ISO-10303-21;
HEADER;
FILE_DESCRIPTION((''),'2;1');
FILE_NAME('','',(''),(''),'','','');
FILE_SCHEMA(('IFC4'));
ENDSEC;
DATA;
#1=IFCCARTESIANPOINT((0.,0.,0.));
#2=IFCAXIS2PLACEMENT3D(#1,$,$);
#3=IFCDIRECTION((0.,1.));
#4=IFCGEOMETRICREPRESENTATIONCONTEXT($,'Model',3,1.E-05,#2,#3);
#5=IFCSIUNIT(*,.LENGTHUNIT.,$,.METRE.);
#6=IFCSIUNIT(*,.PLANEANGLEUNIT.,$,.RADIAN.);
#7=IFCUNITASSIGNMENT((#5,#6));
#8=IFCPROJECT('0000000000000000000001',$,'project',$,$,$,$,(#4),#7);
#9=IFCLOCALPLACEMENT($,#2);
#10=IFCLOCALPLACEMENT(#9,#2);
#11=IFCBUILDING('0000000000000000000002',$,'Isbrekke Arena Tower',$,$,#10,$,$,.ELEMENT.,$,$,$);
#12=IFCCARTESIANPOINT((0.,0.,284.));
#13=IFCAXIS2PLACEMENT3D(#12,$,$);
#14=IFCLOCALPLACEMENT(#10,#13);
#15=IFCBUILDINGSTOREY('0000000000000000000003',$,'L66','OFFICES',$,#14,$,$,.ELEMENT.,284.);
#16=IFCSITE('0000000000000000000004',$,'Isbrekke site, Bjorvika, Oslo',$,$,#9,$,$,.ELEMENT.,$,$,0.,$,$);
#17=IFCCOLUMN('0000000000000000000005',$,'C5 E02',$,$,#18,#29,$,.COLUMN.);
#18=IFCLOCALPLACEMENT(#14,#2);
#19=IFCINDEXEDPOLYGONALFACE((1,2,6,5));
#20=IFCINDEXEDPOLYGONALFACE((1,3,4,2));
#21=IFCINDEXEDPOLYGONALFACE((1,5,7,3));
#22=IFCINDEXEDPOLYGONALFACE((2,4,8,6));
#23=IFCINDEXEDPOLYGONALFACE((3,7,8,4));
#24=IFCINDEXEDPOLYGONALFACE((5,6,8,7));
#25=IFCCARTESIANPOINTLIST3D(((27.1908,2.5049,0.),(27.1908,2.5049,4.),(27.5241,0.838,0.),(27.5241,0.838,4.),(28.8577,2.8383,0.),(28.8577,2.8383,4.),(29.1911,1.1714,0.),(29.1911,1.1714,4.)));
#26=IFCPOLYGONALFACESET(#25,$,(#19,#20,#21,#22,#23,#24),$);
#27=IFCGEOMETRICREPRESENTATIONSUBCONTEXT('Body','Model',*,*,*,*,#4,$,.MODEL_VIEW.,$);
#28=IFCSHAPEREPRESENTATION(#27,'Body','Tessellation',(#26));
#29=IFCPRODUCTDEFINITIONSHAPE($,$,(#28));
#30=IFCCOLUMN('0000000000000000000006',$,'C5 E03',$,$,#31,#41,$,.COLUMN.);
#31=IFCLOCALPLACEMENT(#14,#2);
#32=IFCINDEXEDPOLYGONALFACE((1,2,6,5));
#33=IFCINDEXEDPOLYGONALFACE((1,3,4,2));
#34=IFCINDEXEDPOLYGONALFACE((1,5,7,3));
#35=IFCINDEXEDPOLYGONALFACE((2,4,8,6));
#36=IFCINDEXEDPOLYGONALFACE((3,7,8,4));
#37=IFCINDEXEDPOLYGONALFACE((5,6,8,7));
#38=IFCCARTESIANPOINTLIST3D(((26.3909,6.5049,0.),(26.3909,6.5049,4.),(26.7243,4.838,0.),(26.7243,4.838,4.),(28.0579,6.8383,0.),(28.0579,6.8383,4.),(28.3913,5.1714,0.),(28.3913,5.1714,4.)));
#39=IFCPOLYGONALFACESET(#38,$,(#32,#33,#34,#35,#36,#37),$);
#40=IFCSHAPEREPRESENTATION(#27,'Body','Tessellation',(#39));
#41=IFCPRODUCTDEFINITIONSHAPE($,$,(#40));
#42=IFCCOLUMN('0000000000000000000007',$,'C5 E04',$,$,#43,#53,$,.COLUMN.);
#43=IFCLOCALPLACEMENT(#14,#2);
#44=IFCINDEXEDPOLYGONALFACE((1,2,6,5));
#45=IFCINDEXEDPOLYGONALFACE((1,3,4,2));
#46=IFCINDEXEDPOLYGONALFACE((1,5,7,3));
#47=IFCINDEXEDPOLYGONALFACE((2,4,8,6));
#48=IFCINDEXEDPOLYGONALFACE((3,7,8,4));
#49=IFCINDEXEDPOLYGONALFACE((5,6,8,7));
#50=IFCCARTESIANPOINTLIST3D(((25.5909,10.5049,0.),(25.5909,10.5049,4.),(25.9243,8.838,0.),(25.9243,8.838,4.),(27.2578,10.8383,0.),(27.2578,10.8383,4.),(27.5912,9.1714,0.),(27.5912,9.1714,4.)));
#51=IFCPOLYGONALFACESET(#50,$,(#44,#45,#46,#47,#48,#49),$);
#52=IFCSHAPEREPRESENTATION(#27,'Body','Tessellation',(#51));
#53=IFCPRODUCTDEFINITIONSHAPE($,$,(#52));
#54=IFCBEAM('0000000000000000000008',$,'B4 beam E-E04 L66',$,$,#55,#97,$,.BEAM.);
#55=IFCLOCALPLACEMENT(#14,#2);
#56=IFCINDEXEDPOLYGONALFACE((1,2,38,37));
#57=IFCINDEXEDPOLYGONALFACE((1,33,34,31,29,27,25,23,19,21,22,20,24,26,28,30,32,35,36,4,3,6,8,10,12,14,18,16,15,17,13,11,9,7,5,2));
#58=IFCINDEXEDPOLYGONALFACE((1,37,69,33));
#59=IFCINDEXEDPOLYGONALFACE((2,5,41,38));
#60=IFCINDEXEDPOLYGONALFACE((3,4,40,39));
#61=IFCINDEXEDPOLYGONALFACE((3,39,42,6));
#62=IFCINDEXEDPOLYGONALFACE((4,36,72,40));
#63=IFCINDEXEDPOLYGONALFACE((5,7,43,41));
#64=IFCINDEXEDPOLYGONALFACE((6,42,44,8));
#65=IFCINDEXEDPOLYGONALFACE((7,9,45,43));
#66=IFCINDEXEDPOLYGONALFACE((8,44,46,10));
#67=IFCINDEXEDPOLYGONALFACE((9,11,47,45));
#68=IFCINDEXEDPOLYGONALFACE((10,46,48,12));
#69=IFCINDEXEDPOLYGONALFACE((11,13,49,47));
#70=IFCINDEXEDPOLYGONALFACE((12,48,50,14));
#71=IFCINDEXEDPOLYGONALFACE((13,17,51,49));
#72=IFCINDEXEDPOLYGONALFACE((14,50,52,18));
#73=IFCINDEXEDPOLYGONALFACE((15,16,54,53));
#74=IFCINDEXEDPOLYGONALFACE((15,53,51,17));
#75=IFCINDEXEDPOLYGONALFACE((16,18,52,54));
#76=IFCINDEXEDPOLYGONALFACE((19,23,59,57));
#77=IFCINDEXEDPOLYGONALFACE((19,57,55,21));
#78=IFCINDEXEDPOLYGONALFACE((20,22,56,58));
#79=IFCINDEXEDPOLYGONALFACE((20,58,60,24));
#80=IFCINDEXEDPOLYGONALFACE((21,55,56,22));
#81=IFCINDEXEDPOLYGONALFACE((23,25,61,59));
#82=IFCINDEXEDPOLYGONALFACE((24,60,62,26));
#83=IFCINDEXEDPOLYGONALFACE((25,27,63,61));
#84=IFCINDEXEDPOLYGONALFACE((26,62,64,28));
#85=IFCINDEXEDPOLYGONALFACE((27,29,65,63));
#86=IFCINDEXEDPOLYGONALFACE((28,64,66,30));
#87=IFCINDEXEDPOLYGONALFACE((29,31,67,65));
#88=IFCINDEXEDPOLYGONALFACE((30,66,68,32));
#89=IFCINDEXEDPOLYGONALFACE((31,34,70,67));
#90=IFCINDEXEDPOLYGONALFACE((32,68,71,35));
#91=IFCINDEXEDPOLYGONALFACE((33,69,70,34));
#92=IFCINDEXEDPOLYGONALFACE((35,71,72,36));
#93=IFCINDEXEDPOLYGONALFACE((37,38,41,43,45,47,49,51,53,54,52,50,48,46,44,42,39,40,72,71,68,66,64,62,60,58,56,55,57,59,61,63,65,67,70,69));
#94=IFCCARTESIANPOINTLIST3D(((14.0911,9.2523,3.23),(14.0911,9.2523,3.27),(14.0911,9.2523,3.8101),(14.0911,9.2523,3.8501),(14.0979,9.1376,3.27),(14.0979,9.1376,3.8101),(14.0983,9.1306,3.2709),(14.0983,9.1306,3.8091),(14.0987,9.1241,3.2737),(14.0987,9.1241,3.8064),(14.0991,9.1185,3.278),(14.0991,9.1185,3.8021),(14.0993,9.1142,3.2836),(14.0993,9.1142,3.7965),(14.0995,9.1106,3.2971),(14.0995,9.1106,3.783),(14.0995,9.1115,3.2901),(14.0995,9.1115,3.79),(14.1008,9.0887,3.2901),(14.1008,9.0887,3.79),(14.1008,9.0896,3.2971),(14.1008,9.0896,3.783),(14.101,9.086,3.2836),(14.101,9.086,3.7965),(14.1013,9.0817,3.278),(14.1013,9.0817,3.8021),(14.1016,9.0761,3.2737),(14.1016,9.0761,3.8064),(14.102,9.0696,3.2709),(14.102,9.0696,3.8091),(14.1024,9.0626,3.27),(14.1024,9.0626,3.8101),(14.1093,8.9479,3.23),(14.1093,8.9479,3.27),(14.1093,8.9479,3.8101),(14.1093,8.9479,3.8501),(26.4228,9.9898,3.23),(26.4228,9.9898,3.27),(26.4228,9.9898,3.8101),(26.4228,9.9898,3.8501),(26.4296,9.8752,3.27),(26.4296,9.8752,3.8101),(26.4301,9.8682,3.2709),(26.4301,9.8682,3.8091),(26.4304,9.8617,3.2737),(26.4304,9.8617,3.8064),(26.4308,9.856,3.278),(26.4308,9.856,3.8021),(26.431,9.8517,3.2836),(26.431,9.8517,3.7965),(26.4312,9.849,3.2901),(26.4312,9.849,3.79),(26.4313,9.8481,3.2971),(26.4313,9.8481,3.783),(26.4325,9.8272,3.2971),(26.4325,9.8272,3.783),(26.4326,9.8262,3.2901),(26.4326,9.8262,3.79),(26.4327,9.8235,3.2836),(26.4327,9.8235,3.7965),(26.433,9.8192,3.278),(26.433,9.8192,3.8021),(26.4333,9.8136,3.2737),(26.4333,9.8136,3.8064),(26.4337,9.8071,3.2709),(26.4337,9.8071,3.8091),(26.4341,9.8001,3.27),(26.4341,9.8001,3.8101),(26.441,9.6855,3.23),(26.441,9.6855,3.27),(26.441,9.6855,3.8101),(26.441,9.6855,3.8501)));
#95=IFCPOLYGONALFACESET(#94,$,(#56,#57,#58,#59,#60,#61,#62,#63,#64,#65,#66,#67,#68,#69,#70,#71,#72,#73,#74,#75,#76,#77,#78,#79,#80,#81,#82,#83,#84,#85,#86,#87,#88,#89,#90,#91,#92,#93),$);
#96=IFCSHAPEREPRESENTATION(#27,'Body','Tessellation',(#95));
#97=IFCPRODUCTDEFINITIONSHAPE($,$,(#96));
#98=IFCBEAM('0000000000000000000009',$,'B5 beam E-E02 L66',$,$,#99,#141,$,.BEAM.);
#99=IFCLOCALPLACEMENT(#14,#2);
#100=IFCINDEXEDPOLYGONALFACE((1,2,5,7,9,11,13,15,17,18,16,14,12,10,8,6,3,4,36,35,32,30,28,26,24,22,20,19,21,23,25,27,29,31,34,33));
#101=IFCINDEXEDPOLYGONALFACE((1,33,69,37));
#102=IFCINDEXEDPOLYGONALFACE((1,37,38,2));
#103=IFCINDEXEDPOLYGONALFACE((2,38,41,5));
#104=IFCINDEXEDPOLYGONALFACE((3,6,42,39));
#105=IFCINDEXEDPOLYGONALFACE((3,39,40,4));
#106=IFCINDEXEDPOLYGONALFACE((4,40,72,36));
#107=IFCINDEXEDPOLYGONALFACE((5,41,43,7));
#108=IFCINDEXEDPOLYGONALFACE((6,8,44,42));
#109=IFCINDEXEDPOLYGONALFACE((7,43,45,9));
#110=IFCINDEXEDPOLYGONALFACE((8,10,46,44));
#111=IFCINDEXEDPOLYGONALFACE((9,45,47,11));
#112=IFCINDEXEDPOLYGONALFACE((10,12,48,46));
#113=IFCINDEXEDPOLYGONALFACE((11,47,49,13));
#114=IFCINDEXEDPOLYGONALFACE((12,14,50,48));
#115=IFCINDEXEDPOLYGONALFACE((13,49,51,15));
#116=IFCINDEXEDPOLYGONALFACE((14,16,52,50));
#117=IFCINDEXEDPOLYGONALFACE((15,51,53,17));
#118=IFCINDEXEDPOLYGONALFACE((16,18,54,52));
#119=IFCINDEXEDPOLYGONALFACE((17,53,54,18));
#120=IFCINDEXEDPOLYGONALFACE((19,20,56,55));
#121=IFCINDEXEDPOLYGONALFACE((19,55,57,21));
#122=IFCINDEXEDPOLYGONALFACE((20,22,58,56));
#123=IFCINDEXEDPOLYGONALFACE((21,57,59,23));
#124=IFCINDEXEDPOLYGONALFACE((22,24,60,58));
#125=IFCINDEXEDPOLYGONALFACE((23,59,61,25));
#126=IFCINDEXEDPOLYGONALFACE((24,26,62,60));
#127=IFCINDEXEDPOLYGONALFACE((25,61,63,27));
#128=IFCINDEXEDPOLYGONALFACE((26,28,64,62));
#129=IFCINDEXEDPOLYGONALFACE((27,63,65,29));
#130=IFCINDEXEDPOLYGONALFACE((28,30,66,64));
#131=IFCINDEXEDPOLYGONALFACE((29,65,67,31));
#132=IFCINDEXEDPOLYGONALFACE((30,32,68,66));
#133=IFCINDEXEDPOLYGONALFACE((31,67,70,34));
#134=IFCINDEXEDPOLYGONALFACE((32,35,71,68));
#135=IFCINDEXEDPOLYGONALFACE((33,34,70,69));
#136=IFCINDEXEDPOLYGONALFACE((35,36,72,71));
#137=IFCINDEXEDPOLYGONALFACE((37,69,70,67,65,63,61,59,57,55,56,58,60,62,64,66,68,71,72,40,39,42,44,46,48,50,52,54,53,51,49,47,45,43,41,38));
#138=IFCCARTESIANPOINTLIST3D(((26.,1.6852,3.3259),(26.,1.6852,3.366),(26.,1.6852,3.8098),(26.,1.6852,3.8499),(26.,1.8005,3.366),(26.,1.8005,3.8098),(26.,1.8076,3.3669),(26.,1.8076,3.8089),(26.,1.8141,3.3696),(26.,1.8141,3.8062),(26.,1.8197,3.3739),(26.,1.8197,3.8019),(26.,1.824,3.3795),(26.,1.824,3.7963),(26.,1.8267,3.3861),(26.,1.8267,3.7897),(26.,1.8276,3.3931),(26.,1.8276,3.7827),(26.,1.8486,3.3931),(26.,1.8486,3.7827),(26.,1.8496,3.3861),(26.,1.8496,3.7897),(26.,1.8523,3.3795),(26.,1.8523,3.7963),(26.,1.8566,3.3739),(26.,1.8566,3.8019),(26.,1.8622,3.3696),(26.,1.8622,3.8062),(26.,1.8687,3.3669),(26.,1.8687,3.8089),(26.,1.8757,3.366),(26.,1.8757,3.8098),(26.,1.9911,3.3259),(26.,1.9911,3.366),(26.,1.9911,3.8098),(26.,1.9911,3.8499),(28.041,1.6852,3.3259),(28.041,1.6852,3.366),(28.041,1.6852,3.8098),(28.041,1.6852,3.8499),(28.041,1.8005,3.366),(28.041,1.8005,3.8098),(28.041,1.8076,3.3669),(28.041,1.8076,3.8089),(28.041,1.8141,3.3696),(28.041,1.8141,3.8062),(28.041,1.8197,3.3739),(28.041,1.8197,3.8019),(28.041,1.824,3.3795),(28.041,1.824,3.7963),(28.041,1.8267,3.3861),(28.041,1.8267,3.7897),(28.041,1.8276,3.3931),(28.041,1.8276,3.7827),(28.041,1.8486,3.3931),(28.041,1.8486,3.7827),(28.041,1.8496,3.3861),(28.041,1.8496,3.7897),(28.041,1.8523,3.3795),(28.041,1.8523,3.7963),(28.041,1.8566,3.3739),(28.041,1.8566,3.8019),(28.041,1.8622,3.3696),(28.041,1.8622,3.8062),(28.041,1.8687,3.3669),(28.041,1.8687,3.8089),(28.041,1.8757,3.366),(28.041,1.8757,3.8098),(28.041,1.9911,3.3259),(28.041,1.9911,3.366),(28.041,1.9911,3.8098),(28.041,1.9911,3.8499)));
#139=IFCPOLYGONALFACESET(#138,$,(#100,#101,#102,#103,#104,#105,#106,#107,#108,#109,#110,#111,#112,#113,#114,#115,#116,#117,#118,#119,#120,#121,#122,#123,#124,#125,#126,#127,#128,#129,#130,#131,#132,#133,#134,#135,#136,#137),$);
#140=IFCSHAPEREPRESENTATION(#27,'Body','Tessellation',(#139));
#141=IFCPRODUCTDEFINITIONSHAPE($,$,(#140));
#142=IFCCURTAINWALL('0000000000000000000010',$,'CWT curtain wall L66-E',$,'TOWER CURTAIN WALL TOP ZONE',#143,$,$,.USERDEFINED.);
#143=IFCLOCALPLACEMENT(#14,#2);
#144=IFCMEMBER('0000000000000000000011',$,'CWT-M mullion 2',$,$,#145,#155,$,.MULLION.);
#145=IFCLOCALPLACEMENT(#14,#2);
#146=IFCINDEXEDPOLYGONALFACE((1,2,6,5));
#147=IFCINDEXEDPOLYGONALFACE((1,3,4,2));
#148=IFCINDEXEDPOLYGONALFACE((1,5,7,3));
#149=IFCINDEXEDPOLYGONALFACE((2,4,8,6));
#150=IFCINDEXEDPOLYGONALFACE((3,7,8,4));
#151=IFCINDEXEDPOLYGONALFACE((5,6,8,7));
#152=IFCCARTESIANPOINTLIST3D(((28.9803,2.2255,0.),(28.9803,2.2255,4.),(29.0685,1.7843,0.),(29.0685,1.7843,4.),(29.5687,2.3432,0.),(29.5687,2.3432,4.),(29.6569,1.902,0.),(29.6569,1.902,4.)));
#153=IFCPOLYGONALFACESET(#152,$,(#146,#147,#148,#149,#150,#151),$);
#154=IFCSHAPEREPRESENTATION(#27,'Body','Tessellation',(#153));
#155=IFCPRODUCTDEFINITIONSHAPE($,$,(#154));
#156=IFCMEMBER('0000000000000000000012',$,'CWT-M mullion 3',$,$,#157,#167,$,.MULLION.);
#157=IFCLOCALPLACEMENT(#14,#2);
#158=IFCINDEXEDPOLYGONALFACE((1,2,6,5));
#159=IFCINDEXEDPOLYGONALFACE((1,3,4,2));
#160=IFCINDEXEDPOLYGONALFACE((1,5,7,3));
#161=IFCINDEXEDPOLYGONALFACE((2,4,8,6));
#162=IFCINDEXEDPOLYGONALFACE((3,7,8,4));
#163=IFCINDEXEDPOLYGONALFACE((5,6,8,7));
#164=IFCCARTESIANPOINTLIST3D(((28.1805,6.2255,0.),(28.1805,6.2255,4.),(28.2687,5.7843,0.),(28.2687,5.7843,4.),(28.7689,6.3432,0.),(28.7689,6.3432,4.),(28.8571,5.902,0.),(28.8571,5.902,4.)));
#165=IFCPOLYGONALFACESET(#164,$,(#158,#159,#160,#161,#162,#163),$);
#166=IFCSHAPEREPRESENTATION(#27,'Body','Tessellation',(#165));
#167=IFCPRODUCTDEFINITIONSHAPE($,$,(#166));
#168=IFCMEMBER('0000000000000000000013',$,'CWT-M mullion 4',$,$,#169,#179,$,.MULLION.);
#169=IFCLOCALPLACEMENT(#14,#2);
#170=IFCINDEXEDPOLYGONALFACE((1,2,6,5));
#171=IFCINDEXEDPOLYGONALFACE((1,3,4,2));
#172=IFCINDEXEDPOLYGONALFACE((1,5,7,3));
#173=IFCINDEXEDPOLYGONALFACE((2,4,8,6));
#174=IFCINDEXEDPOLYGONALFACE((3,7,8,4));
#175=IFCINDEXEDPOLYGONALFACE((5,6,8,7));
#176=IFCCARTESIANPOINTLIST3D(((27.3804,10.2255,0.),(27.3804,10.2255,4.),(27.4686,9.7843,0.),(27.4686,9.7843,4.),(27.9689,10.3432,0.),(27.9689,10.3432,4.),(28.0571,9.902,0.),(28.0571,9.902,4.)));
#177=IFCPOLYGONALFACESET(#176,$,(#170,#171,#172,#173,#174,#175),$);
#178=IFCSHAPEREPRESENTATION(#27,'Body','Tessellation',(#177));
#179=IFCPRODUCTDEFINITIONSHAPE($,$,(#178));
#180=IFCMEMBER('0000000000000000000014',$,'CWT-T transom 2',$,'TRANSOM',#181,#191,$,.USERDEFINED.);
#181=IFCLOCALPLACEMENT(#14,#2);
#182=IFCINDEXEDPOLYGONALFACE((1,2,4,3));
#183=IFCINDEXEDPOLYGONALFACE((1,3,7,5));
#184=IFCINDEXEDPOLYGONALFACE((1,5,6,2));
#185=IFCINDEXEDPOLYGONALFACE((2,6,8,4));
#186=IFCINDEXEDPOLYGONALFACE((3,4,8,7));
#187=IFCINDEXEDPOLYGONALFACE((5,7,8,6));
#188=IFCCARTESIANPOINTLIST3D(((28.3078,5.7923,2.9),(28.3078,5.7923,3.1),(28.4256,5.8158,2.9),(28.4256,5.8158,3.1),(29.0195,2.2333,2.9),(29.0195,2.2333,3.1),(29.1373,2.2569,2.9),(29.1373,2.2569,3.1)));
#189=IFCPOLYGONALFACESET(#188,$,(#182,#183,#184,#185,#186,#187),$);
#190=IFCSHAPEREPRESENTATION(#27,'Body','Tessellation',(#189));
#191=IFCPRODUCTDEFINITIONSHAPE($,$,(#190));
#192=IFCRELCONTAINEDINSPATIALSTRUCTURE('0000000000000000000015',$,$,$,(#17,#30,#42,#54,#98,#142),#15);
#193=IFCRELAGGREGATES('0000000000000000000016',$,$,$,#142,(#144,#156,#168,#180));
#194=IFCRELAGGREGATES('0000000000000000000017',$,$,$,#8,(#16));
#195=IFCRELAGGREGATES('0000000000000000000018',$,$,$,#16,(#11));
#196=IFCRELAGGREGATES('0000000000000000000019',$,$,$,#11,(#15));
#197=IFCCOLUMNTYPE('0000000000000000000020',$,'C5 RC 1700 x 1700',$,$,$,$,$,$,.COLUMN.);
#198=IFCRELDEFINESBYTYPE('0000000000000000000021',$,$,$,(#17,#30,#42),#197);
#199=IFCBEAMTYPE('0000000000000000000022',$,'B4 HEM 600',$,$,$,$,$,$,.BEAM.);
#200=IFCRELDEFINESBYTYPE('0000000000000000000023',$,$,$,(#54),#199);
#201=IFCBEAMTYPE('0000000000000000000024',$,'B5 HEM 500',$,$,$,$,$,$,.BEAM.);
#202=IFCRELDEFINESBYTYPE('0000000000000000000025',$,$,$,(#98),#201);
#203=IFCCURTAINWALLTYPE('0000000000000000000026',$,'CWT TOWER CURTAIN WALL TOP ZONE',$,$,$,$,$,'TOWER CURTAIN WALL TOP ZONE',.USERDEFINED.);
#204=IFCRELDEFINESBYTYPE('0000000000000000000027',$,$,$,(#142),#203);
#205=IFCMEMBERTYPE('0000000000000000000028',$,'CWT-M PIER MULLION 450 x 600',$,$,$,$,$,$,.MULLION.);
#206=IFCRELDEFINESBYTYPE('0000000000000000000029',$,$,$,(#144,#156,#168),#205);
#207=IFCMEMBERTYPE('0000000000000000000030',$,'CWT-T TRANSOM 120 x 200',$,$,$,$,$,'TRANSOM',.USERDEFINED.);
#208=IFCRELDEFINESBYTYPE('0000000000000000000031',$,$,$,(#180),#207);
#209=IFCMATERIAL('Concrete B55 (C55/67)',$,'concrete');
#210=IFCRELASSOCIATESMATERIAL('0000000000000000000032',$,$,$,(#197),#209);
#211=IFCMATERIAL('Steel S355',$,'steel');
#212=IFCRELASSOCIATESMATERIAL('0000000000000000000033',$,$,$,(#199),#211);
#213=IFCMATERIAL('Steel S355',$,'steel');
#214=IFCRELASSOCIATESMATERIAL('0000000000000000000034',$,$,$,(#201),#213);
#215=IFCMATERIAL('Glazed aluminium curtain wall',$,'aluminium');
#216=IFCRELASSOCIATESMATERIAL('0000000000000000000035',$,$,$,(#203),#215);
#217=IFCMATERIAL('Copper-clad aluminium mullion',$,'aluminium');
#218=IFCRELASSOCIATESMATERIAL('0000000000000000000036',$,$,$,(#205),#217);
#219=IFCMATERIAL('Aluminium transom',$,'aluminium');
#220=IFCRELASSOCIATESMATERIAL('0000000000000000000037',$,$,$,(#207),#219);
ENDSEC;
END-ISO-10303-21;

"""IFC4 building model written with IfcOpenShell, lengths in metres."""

from ifc_helpers import new_model, si_unit, direction, frame, origin, origin_2d, place, context, subcontext, project, spatial, rectangle, i_section, extrude, material, material_profile, profile_set, type_object, element, aggregate, save


model = new_model("IFC4")

# Units and contexts
model_context = context("Model", 3, precision=1e-05, world=origin(), true_north=direction((0.0, 1.0)))
body_context = subcontext(model_context, "Body", "Model", "MODEL_VIEW")
ifc_project = project(units=[si_unit("LENGTHUNIT", "METRE"), si_unit("PLANEANGLEUNIT", "RADIAN")], contexts=[model_context])

# Site, building, storey
site_placement = place(None, origin())
site = spatial("IfcSite", under=ifc_project, at=site_placement, Name="Isbrekke site, Bjorvika, Oslo", CompositionType="ELEMENT", RefElevation=0.0)
building_placement = place(site_placement, origin())
building = spatial("IfcBuilding", under=site, at=building_placement, Name="Isbrekke Arena Tower", CompositionType="ELEMENT")
storey_placement = place(building_placement, frame((0.0, 0.0, 284.0)))
storey = spatial("IfcBuildingStorey", under=building, at=storey_placement, Name="L66", Description="OFFICES", CompositionType="ELEMENT", Elevation=284.0)

# Columns
ifc_material_1 = material(Name="Concrete B55 (C55/67)", Category="concrete")
ifc_material_profile_1 = material_profile(ifc_material_1, rectangle(XDim=1.7, YDim=1.7, at=origin_2d()), Name="RC 1700x1700")
ifc_profile_set_1 = profile_set([ifc_material_profile_1], Name="Concrete B55 (C55/67)")
column_type = type_object("IfcColumnType", Name="C5 RC 1700 x 1700", PredefinedType="COLUMN", material=ifc_profile_set_1)
for number, where, z_axis, x_axis, name in (
    (1, (28.1909, 1.8381, 0.0), (0.0, 0.0, 1.0), (-0.196116, 0.980581, 0.0), "C5 E02"),
    (2, (27.3911, 5.8381, 0.0), (0.0, 0.0, 1.0), (-0.196116, 0.980581, 0.0), "C5 E03"),
    (3, (26.5911, 9.8381, 0.0), (0.0, 0.0, 1.0), (-0.196116, 0.980581, 0.0), "C5 E04"),
):
    element("IfcColumn", number, at=place(storey_placement, frame(where, z_axis=z_axis, x_axis=x_axis)), inside=storey, type_object=column_type, Name=name, PredefinedType="COLUMN", context=body_context, shape_type="SweptSolid", body=[
        extrude(rectangle(XDim=1.7, YDim=1.7, at=origin_2d()), origin(), (0.0, 0.0, 1.0), 4.0),
    ])

# Beams
ifc_material_2 = material(Name="Steel S355", Category="steel")
ifc_material_profile_2 = material_profile(ifc_material_2, i_section(OverallWidth=0.3049, OverallDepth=0.6201, WebThickness=0.021, FlangeThickness=0.04, FilletRadius=0.0271, at=origin_2d()), Name="HEM 600")
ifc_profile_set_2 = profile_set([ifc_material_profile_2], Name="Steel S355")
beam_type_1 = type_object("IfcBeamType", Name="B4 HEM 600", PredefinedType="BEAM", material=ifc_profile_set_2)
beam_1_placement = place(storey_placement, frame((26.4319, 9.8376, 3.54), z_axis=(-0.998216, -0.059702, 0.0), x_axis=(0.059702, -0.998216, 0.0)))
element("IfcBeam", 4, at=beam_1_placement, inside=storey, type_object=beam_type_1, Name="B4 beam E-E04 L66", PredefinedType="BEAM", context=body_context, shape_type="SweptSolid", body=[
    extrude(i_section(OverallWidth=0.3049, OverallDepth=0.6201, WebThickness=0.021, FlangeThickness=0.04, FilletRadius=0.0271, at=origin_2d()), origin(), (0.0, 0.0, 1.0), 12.3538),
])
ifc_material_3 = material(Name="Steel S355", Category="steel")
ifc_material_profile_3 = material_profile(ifc_material_3, i_section(OverallWidth=0.3059, OverallDepth=0.5239, WebThickness=0.021, FlangeThickness=0.04, FilletRadius=0.0271, at=origin_2d()), Name="HEM 500")
ifc_profile_set_3 = profile_set([ifc_material_profile_3], Name="Steel S355")
beam_type_2 = type_object("IfcBeamType", Name="B5 HEM 500", PredefinedType="BEAM", material=ifc_profile_set_3)
beam_2_placement = place(storey_placement, frame((28.041, 1.8381, 3.5879), z_axis=(-1.0, 0.0, 0.0), x_axis=(0.0, -1.0, 0.0)))
element("IfcBeam", 5, at=beam_2_placement, inside=storey, type_object=beam_type_2, Name="B5 beam E-E02 L66", PredefinedType="BEAM", context=body_context, shape_type="SweptSolid", body=[
    extrude(i_section(OverallWidth=0.3059, OverallDepth=0.5239, WebThickness=0.021, FlangeThickness=0.04, FilletRadius=0.0271, at=origin_2d()), origin(), (0.0, 0.0, 1.0), 2.041),
])

# Curtain wall, members
ifc_material_4 = material(Name="Glazed aluminium curtain wall", Category="aluminium")
curtain_wall_type = type_object("IfcCurtainWallType", Name="CWT TOWER CURTAIN WALL TOP ZONE", ElementType="TOWER CURTAIN WALL TOP ZONE", PredefinedType="USERDEFINED", material=ifc_material_4)
curtain_wall_placement = place(storey_placement, origin())
curtain_wall = element("IfcCurtainWall", 6, at=curtain_wall_placement, inside=storey, type_object=curtain_wall_type, Name="CWT curtain wall L66-E", ObjectType="TOWER CURTAIN WALL TOP ZONE", PredefinedType="USERDEFINED")
ifc_material_5 = material(Name="Copper-clad aluminium mullion", Category="aluminium")
ifc_material_profile_4 = material_profile(ifc_material_5, rectangle(XDim=0.45, YDim=0.6001, at=origin_2d()), Name="PIER 450X600")
ifc_profile_set_4 = profile_set([ifc_material_profile_4], Name="Copper-clad aluminium mullion")
member_type_1 = type_object("IfcMemberType", Name="CWT-M PIER MULLION 450 x 600", PredefinedType="MULLION", material=ifc_profile_set_4)
member_1_placement = place(storey_placement, frame((29.3186, 2.0637, 0.0), z_axis=(0.0, 0.0, 1.0), x_axis=(-0.196116, 0.980581, 0.0)))
member_1 = element("IfcMember", 7, at=member_1_placement, type_object=member_type_1, Name="CWT-M mullion 2", PredefinedType="MULLION", context=body_context, shape_type="SweptSolid", body=[
    extrude(rectangle(XDim=0.45, YDim=0.6001, at=origin_2d()), origin(), (0.0, 0.0, 1.0), 4.0),
])
member_2_placement = place(storey_placement, frame((28.5188, 6.0637, 0.0), z_axis=(0.0, 0.0, 1.0), x_axis=(-0.196116, 0.980581, 0.0)))
member_2 = element("IfcMember", 8, at=member_2_placement, type_object=member_type_1, Name="CWT-M mullion 3", PredefinedType="MULLION", context=body_context, shape_type="SweptSolid", body=[
    extrude(rectangle(XDim=0.45, YDim=0.6001, at=origin_2d()), origin(), (0.0, 0.0, 1.0), 4.0),
])
member_3_placement = place(storey_placement, frame((27.7188, 10.0637, 0.0), z_axis=(0.0, 0.0, 1.0), x_axis=(-0.196116, 0.980581, 0.0)))
member_3 = element("IfcMember", 9, at=member_3_placement, type_object=member_type_1, Name="CWT-M mullion 4", PredefinedType="MULLION", context=body_context, shape_type="SweptSolid", body=[
    extrude(rectangle(XDim=0.45, YDim=0.6001, at=origin_2d()), origin(), (0.0, 0.0, 1.0), 4.0),
])
ifc_material_6 = material(Name="Aluminium transom", Category="aluminium")
ifc_material_profile_5 = material_profile(ifc_material_6, rectangle(XDim=0.1201, YDim=0.2, at=origin_2d()), Name="TRANSOM 120X200")
ifc_profile_set_5 = profile_set([ifc_material_profile_5], Name="Aluminium transom")
member_type_2 = type_object("IfcMemberType", Name="CWT-T TRANSOM 120 x 200", ElementType="TRANSOM", PredefinedType="USERDEFINED", material=ifc_profile_set_5)
member_4_placement = place(storey_placement, frame((29.0784, 2.2451, 3.0), z_axis=(-0.19609, 0.980586, 0.0), x_axis=(-0.980586, -0.19609, 0.0)))
member_4 = element("IfcMember", 10, at=member_4_placement, type_object=member_type_2, Name="CWT-T transom 2", ObjectType="TRANSOM", PredefinedType="USERDEFINED", context=body_context, shape_type="SweptSolid", body=[
    extrude(rectangle(XDim=0.1201, YDim=0.2, at=origin_2d()), origin(), (0.0, 0.0, 1.0), 3.6294),
])

aggregate(curtain_wall, [member_1, member_2, member_3, member_4])

save(model, "model.ifc")
